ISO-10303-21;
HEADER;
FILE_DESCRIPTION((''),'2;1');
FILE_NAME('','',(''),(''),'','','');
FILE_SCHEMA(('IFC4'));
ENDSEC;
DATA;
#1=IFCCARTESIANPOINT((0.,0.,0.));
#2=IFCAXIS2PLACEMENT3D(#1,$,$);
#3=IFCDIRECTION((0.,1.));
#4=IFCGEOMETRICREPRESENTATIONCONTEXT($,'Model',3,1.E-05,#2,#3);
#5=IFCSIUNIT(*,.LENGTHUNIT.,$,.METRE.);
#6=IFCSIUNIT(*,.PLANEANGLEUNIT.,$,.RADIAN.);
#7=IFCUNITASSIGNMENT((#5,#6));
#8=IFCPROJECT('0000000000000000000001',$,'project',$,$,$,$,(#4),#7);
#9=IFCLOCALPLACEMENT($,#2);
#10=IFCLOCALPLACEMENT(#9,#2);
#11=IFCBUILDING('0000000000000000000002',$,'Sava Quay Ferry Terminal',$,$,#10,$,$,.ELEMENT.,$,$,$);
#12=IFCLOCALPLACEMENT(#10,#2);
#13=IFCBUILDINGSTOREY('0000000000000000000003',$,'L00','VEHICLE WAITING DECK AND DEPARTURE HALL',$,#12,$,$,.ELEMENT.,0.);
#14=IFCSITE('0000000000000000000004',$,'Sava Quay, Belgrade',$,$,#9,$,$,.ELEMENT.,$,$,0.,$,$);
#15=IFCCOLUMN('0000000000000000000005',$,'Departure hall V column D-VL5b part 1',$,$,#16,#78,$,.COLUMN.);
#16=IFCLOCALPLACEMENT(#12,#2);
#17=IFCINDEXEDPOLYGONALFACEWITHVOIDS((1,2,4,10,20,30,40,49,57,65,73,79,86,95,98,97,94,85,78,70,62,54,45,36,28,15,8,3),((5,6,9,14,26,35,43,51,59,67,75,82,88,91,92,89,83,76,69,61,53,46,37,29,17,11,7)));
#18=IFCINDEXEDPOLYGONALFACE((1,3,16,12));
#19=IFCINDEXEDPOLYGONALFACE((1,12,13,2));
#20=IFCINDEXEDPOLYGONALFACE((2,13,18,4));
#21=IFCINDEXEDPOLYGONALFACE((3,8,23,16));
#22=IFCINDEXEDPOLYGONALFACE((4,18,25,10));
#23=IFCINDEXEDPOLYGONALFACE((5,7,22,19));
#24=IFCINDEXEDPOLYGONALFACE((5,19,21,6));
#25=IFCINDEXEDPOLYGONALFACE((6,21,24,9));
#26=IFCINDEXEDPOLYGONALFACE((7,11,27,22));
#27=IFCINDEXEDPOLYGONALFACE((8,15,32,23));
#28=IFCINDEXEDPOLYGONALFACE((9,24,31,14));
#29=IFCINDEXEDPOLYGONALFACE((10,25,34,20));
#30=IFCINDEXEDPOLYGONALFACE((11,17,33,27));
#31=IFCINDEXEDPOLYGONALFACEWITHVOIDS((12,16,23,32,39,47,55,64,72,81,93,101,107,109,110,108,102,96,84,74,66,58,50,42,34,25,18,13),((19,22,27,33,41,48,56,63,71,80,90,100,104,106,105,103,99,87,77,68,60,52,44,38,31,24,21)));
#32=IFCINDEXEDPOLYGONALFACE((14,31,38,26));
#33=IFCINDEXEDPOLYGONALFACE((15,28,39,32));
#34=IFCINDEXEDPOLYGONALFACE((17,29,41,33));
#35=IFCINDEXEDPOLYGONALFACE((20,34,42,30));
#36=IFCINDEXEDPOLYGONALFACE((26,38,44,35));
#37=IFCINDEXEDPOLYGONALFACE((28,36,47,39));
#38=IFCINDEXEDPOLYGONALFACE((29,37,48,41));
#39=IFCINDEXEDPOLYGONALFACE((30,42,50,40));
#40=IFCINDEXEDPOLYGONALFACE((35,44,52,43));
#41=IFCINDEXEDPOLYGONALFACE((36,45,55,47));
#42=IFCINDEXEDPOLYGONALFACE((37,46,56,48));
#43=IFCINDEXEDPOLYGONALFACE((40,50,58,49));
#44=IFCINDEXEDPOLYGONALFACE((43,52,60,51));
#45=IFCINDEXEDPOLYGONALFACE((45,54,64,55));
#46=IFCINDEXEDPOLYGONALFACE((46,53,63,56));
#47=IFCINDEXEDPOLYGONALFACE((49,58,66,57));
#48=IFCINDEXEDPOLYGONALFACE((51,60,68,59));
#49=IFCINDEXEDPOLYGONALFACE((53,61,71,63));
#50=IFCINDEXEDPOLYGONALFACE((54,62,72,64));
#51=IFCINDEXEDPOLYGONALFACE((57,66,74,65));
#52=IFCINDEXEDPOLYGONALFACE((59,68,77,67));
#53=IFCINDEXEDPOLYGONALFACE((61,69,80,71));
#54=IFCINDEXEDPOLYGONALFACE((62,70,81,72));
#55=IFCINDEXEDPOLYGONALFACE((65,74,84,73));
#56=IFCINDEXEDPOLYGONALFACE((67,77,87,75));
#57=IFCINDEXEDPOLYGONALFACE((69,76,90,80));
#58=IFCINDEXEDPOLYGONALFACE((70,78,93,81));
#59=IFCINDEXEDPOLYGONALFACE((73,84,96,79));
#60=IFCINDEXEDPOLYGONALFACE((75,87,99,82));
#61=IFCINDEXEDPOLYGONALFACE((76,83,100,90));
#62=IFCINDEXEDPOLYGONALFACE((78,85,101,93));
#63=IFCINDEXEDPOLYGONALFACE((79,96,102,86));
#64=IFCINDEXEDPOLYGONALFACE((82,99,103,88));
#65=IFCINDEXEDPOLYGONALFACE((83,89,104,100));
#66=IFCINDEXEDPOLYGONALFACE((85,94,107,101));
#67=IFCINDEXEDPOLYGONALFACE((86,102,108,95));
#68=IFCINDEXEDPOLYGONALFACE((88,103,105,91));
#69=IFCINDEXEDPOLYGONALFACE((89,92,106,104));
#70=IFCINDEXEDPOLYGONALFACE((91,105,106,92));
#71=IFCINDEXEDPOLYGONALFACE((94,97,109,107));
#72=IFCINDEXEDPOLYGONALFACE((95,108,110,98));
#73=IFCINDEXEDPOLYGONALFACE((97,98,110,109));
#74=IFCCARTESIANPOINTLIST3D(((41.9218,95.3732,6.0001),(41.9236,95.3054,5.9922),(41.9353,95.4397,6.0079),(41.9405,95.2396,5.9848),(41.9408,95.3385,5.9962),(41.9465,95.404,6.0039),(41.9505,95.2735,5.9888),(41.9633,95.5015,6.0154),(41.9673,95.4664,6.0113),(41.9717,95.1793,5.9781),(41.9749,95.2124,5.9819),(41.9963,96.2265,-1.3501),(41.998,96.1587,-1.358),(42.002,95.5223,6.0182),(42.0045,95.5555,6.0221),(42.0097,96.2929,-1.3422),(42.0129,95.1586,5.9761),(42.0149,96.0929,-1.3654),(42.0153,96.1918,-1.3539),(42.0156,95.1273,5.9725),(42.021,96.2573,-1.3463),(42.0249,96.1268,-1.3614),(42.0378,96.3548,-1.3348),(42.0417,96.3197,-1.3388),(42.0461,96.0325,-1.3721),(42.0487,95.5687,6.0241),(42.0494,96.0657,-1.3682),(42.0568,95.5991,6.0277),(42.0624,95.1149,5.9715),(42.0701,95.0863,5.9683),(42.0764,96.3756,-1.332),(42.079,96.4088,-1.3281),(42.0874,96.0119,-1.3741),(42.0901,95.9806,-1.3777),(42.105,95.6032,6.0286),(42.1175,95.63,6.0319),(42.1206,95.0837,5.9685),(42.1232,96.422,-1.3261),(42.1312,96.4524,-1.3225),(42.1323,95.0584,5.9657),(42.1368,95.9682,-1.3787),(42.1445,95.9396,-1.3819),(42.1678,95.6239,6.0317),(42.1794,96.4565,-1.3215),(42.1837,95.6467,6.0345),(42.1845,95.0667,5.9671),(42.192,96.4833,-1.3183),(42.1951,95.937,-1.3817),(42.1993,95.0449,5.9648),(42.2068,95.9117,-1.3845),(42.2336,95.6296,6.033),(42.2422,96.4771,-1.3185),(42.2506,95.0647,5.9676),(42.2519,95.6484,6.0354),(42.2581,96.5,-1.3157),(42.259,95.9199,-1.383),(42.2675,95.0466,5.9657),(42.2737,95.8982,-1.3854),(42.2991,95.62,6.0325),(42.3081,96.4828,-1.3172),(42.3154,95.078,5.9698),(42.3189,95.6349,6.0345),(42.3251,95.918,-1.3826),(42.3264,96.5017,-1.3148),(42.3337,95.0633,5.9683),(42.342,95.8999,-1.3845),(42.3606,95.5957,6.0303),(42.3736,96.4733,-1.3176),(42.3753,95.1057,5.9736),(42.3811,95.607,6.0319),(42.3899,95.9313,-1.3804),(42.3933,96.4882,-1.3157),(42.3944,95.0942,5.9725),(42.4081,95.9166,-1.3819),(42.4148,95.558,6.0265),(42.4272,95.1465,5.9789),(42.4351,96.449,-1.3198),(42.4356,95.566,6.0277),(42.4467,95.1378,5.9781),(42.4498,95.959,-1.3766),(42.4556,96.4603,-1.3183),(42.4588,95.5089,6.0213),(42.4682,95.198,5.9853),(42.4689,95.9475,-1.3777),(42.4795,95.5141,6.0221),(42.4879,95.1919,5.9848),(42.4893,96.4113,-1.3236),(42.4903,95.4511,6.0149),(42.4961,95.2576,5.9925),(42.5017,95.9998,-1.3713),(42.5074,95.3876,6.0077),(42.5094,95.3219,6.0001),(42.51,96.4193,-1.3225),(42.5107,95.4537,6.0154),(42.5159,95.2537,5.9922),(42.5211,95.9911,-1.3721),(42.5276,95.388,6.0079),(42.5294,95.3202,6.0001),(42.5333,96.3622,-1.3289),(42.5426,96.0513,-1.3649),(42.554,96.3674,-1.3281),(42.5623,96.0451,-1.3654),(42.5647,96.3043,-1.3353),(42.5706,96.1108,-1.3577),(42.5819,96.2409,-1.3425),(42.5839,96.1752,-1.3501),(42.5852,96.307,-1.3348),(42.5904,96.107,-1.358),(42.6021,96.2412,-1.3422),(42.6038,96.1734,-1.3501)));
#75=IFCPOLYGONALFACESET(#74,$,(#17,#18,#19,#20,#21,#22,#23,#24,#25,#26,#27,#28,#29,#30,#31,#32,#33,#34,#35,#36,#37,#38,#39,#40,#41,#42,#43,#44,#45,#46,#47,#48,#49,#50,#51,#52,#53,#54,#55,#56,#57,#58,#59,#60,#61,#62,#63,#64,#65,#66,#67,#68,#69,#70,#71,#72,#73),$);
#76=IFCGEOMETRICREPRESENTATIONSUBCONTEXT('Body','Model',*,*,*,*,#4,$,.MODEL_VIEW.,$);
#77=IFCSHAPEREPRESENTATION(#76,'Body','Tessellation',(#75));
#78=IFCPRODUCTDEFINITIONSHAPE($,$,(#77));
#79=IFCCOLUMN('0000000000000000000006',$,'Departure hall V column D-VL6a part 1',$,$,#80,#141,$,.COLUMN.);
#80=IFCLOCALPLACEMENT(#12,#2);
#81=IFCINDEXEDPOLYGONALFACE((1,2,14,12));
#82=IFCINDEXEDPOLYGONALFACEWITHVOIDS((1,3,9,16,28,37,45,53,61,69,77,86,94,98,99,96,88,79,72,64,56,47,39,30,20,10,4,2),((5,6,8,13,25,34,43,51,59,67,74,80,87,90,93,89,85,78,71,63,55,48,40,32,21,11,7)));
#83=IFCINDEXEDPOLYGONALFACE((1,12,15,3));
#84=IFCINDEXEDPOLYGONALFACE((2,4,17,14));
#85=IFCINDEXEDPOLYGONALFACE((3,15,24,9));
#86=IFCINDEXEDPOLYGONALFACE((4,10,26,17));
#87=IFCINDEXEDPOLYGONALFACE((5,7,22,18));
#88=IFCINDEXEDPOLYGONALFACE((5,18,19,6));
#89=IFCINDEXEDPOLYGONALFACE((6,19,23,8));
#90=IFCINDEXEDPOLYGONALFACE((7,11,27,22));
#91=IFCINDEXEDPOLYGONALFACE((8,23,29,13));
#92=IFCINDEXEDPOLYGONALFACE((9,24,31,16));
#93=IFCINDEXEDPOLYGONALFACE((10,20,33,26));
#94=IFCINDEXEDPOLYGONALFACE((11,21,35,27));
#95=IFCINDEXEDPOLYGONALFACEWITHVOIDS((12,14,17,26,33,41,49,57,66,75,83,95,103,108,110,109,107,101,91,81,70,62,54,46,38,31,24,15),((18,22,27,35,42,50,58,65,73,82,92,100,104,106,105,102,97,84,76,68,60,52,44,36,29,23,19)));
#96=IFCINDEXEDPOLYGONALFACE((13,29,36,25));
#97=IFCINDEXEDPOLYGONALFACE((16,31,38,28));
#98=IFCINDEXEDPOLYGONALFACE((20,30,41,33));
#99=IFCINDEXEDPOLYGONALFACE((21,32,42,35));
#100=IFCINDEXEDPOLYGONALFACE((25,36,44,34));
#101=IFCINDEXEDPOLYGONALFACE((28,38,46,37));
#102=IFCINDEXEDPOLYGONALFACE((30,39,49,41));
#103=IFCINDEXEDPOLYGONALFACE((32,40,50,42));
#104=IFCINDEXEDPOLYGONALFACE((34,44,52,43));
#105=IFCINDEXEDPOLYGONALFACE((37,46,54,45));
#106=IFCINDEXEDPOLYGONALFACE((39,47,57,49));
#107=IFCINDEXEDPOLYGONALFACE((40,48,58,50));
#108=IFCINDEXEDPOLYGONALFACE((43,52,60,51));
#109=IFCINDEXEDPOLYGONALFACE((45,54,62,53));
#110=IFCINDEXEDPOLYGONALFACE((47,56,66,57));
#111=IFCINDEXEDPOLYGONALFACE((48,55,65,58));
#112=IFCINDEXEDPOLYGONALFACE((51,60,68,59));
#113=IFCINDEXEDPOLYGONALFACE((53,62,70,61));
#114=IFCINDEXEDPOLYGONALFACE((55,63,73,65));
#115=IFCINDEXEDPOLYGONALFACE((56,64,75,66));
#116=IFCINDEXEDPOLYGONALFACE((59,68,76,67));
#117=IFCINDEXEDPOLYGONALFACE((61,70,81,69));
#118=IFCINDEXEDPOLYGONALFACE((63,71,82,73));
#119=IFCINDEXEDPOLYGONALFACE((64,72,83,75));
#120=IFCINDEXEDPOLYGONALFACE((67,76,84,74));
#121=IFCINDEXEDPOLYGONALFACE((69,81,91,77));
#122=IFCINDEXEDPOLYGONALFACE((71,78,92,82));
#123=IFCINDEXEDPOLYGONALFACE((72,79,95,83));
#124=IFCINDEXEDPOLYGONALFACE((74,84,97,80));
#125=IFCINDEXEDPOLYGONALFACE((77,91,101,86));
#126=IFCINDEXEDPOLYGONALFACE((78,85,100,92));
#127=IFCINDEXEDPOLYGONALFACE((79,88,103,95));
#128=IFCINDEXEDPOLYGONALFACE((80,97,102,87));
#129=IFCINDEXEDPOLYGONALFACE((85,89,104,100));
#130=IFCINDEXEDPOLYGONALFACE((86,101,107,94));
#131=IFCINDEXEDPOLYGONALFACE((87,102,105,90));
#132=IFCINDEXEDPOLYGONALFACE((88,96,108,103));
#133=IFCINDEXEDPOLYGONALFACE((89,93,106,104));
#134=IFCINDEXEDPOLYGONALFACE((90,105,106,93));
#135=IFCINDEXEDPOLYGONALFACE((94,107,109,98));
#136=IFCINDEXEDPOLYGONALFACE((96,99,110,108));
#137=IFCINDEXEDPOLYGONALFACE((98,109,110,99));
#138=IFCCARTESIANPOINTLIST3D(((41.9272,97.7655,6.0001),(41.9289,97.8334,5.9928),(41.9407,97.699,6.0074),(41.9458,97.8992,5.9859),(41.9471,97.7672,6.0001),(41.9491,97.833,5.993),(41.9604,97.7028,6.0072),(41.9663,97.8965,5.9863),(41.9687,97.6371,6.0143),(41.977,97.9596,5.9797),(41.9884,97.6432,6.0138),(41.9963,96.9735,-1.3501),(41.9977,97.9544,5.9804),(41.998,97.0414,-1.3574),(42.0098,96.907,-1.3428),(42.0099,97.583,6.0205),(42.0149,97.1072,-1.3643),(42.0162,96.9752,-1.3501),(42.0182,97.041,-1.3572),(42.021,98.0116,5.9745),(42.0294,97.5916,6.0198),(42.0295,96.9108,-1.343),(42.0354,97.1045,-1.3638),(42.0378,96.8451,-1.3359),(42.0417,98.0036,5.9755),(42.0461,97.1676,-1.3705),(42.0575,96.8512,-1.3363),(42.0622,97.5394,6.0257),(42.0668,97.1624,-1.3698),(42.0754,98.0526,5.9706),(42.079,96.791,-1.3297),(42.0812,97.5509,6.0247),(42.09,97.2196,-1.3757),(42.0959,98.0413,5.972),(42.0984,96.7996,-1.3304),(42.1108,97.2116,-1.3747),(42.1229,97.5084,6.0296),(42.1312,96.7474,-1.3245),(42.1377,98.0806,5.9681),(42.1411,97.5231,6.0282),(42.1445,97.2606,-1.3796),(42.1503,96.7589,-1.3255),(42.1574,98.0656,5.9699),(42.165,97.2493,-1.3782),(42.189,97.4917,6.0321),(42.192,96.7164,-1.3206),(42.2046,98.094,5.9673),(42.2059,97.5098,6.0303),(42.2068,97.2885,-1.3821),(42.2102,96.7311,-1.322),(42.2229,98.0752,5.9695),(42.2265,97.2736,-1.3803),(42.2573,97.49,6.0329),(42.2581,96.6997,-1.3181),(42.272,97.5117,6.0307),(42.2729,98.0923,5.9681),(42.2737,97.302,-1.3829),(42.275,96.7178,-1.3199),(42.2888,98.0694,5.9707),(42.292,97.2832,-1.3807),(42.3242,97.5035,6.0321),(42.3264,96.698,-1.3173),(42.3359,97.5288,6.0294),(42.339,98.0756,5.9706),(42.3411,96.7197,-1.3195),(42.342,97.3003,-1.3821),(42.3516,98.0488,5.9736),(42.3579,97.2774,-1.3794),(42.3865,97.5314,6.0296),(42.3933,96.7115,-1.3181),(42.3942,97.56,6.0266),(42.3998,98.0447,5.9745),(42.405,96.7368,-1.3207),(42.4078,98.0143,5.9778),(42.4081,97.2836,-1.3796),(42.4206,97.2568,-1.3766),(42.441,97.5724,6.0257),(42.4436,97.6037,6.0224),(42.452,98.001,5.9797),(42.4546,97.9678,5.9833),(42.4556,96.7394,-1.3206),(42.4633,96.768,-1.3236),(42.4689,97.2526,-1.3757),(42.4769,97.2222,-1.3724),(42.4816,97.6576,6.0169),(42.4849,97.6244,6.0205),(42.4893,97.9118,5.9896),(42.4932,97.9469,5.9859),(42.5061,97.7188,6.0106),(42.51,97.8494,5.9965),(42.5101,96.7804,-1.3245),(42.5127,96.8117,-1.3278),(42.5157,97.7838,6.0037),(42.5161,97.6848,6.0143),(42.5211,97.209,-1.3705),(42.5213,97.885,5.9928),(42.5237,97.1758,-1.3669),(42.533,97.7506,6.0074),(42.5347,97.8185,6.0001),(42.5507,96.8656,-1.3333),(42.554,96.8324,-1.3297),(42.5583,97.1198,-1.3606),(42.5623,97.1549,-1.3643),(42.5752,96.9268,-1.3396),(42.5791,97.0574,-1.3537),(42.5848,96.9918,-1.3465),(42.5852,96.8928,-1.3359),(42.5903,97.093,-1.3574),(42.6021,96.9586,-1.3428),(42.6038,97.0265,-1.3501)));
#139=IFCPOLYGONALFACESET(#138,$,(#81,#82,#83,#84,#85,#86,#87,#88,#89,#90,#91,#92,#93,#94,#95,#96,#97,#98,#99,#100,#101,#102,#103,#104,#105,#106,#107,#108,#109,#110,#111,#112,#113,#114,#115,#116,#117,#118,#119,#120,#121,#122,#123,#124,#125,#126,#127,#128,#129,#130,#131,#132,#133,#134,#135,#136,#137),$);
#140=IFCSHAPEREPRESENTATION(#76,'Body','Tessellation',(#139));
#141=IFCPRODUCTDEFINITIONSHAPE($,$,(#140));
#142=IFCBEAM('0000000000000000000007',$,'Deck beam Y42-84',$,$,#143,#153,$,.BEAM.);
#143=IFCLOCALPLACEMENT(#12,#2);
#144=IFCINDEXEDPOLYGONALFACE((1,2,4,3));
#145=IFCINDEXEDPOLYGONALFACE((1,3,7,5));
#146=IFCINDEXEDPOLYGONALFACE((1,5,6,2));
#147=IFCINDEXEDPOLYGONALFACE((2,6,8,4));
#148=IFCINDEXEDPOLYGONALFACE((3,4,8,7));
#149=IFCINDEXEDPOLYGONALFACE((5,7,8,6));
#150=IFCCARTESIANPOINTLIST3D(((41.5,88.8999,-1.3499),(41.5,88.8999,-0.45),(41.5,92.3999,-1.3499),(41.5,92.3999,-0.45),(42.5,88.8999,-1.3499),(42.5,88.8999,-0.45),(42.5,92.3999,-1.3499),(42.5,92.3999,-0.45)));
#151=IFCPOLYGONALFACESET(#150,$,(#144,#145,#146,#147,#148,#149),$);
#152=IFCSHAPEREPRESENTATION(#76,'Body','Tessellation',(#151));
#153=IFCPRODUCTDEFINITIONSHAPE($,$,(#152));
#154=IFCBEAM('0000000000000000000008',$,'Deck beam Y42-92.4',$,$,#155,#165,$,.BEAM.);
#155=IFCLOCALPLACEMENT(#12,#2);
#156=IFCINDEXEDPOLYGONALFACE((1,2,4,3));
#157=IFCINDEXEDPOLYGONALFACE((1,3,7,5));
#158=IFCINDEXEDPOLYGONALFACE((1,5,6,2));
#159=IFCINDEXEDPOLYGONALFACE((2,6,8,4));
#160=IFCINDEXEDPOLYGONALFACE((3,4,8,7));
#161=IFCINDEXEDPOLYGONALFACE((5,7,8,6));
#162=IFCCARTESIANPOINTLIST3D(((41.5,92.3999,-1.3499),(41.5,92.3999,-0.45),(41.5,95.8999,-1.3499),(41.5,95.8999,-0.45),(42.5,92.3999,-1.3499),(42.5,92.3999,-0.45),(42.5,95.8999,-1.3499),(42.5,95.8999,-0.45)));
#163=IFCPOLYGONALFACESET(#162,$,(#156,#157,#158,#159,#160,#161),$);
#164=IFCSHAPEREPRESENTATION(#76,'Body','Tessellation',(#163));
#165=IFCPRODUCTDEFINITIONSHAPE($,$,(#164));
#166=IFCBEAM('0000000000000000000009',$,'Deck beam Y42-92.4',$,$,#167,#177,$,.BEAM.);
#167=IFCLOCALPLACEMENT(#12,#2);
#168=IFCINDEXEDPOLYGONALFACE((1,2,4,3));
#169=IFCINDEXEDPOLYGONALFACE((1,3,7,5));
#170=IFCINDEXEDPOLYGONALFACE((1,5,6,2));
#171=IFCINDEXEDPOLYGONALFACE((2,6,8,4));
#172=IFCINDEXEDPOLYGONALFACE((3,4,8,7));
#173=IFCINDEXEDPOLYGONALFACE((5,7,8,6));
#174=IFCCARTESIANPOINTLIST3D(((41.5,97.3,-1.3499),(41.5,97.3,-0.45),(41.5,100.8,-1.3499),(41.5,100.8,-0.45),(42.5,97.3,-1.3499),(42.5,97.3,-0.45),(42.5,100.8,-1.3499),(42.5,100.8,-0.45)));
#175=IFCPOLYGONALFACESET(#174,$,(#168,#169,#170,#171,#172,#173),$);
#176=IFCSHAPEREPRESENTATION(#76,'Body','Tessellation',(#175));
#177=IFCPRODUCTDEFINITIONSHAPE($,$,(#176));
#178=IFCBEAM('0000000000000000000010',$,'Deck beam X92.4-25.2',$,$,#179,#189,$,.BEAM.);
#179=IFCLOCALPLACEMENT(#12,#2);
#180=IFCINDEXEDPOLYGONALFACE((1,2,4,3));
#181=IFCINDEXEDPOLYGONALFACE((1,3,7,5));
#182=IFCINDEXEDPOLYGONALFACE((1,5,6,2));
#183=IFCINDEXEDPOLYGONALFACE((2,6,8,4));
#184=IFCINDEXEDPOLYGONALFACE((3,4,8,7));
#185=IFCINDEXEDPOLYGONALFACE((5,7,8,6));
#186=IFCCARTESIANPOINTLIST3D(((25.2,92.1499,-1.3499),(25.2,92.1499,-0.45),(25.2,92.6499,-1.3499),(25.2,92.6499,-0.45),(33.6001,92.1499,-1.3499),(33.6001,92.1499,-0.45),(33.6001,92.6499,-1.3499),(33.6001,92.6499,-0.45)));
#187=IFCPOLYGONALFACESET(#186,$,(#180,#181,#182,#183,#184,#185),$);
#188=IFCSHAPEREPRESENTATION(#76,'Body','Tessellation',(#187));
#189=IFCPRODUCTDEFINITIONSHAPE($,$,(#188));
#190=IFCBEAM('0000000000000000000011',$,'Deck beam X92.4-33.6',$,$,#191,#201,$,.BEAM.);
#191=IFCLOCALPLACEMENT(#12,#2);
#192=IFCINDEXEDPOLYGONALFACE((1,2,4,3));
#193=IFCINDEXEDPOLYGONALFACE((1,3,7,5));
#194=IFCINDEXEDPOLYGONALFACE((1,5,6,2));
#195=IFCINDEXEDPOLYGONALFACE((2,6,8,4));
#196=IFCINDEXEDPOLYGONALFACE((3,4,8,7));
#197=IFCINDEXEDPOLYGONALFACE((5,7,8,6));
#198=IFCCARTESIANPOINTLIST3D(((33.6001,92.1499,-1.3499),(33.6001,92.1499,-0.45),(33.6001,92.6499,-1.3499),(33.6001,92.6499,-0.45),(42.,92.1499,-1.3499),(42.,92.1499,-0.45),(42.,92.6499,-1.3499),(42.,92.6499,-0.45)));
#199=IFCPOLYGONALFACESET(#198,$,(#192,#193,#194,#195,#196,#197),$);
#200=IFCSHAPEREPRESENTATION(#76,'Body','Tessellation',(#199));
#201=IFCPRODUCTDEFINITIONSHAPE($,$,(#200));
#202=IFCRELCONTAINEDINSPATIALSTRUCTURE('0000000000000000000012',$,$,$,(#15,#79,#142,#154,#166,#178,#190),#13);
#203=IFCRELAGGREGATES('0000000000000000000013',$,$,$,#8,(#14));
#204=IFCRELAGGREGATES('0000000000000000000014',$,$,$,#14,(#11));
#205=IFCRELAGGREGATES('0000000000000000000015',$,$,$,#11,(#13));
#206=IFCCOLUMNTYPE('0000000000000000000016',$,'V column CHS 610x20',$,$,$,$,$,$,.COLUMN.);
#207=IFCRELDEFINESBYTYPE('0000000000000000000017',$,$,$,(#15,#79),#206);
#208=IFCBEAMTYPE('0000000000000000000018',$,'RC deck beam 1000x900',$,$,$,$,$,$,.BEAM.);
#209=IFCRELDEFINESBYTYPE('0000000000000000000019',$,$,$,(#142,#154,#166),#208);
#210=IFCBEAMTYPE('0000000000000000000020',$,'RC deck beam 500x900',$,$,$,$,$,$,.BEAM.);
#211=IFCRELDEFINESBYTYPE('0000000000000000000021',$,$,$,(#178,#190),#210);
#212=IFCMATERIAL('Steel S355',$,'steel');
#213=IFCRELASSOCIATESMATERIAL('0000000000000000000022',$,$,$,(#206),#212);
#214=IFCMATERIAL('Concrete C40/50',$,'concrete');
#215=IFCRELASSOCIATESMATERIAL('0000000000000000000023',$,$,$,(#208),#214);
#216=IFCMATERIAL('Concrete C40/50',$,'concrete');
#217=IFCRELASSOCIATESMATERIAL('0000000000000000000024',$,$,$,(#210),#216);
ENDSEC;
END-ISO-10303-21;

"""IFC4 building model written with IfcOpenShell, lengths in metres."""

from ifc_helpers import new_model, si_unit, direction, frame, origin, origin_2d, place, context, subcontext, project, spatial, rectangle, hollow_circle, extrude, material, material_profile, profile_set, type_object, element, save


model = new_model("IFC4")

# Units and contexts
model_context = context("Model", 3, precision=1e-05, world=origin(), true_north=direction((0.0, 1.0)))
body_context = subcontext(model_context, "Body", "Model", "MODEL_VIEW")
ifc_project = project(units=[si_unit("LENGTHUNIT", "METRE"), si_unit("PLANEANGLEUNIT", "RADIAN")], contexts=[model_context])

# Site, building, storey
site_placement = place(None, origin())
site = spatial("IfcSite", under=ifc_project, at=site_placement, Name="Sava Quay, Belgrade", CompositionType="ELEMENT", RefElevation=0.0)
building_placement = place(site_placement, origin())
building = spatial("IfcBuilding", under=site, at=building_placement, Name="Sava Quay Ferry Terminal", CompositionType="ELEMENT")
storey_placement = place(building_placement, origin())
storey = spatial("IfcBuildingStorey", under=building, at=storey_placement, Name="L00", Description="VEHICLE WAITING DECK AND DEPARTURE HALL", CompositionType="ELEMENT", Elevation=0.0)

# Columns
ifc_material_1 = material(Name="Steel S355", Category="steel")
ifc_material_profile_1 = material_profile(ifc_material_1, hollow_circle(Radius=0.3049, WallThickness=0.02, at=origin_2d()), Name="CHS 610 x 20.0")
ifc_profile_set_1 = profile_set([ifc_material_profile_1], Name="Steel S355")
column_type = type_object("IfcColumnType", Name="V column CHS 610x20", PredefinedType="COLUMN", material=ifc_profile_set_1)
for number, where, z_axis, x_axis, name in (
    (1, (42.3, 96.2, -1.3501), (-0.010063, -0.11531, 0.993279), (0.996214, -0.086937, 0.0), "Departure hall V column D-VL5b part 1"),
):
    element("IfcColumn", number, at=place(storey_placement, frame(where, z_axis=z_axis, x_axis=x_axis)), inside=storey, type_object=column_type, Name=name, PredefinedType="COLUMN", context=body_context, shape_type="SweptSolid", body=[
        extrude(hollow_circle(Radius=0.3049, WallThickness=0.02, at=origin_2d()), origin(), (0.0, 0.0, 1.0), 7.3999),
    ])
column_placement = place(storey_placement, frame((42.3, 97.0, -1.3501), z_axis=(-0.009346, 0.107128, 0.994201), x_axis=(-0.996216, -0.086908, 0.0)))
element("IfcColumn", 2, at=column_placement, inside=storey, type_object=column_type, Name="Departure hall V column D-VL6a part 1", PredefinedType="COLUMN", context=body_context, shape_type="SweptSolid", body=[
    extrude(hollow_circle(Radius=0.3049, WallThickness=0.02, at=origin_2d()), origin(), (0.0, 0.0, 1.0), 7.3931),
])

# Beams
ifc_material_2 = material(Name="Concrete C40/50", Category="concrete")
ifc_material_profile_2 = material_profile(ifc_material_2, rectangle(XDim=1.0, YDim=0.8999, at=origin_2d()), Name="RC 1000x900")
ifc_profile_set_2 = profile_set([ifc_material_profile_2], Name="Concrete C40/50")
beam_type_1 = type_object("IfcBeamType", Name="RC deck beam 1000x900", PredefinedType="BEAM", material=ifc_profile_set_2)
for number, where, z_axis, x_axis, name in (
    (3, (42.0, 88.8999, -0.8999), (0.0, 1.0, 0.0), (-1.0, 0.0, 0.0), "Deck beam Y42-84"),
    (4, (42.0, 92.3999, -0.8999), (0.0, 1.0, 0.0), (-1.0, 0.0, 0.0), "Deck beam Y42-92.4"),
    (5, (42.0, 97.3, -0.8999), (0.0, 1.0, 0.0), (-1.0, 0.0, 0.0), "Deck beam Y42-92.4"),
):
    element("IfcBeam", number, at=place(storey_placement, frame(where, z_axis=z_axis, x_axis=x_axis)), inside=storey, type_object=beam_type_1, Name=name, PredefinedType="BEAM", context=body_context, shape_type="SweptSolid", body=[
        extrude(rectangle(XDim=1.0, YDim=0.8999, at=origin_2d()), origin(), (0.0, 0.0, 1.0), 3.5),
    ])
ifc_material_3 = material(Name="Concrete C40/50", Category="concrete")
ifc_material_profile_3 = material_profile(ifc_material_3, rectangle(XDim=0.5, YDim=0.8999, at=origin_2d()), Name="RC 500x900")
ifc_profile_set_3 = profile_set([ifc_material_profile_3], Name="Concrete C40/50")
beam_type_2 = type_object("IfcBeamType", Name="RC deck beam 500x900", PredefinedType="BEAM", material=ifc_profile_set_3)
beam_1_placement = place(storey_placement, frame((25.2, 92.3999, -0.8999), z_axis=(1.0, 0.0, 0.0), x_axis=(0.0, 1.0, 0.0)))
element("IfcBeam", 6, at=beam_1_placement, inside=storey, type_object=beam_type_2, Name="Deck beam X92.4-25.2", PredefinedType="BEAM", context=body_context, shape_type="SweptSolid", body=[
    extrude(rectangle(XDim=0.5, YDim=0.8999, at=origin_2d()), origin(), (0.0, 0.0, 1.0), 8.4001),
])
beam_2_placement = place(storey_placement, frame((33.6001, 92.3999, -0.8999), z_axis=(1.0, 0.0, 0.0), x_axis=(0.0, 1.0, 0.0)))
element("IfcBeam", 7, at=beam_2_placement, inside=storey, type_object=beam_type_2, Name="Deck beam X92.4-33.6", PredefinedType="BEAM", context=body_context, shape_type="SweptSolid", body=[
    extrude(rectangle(XDim=0.5, YDim=0.8999, at=origin_2d()), origin(), (0.0, 0.0, 1.0), 8.3999),
])

save(model, "model.ifc")
